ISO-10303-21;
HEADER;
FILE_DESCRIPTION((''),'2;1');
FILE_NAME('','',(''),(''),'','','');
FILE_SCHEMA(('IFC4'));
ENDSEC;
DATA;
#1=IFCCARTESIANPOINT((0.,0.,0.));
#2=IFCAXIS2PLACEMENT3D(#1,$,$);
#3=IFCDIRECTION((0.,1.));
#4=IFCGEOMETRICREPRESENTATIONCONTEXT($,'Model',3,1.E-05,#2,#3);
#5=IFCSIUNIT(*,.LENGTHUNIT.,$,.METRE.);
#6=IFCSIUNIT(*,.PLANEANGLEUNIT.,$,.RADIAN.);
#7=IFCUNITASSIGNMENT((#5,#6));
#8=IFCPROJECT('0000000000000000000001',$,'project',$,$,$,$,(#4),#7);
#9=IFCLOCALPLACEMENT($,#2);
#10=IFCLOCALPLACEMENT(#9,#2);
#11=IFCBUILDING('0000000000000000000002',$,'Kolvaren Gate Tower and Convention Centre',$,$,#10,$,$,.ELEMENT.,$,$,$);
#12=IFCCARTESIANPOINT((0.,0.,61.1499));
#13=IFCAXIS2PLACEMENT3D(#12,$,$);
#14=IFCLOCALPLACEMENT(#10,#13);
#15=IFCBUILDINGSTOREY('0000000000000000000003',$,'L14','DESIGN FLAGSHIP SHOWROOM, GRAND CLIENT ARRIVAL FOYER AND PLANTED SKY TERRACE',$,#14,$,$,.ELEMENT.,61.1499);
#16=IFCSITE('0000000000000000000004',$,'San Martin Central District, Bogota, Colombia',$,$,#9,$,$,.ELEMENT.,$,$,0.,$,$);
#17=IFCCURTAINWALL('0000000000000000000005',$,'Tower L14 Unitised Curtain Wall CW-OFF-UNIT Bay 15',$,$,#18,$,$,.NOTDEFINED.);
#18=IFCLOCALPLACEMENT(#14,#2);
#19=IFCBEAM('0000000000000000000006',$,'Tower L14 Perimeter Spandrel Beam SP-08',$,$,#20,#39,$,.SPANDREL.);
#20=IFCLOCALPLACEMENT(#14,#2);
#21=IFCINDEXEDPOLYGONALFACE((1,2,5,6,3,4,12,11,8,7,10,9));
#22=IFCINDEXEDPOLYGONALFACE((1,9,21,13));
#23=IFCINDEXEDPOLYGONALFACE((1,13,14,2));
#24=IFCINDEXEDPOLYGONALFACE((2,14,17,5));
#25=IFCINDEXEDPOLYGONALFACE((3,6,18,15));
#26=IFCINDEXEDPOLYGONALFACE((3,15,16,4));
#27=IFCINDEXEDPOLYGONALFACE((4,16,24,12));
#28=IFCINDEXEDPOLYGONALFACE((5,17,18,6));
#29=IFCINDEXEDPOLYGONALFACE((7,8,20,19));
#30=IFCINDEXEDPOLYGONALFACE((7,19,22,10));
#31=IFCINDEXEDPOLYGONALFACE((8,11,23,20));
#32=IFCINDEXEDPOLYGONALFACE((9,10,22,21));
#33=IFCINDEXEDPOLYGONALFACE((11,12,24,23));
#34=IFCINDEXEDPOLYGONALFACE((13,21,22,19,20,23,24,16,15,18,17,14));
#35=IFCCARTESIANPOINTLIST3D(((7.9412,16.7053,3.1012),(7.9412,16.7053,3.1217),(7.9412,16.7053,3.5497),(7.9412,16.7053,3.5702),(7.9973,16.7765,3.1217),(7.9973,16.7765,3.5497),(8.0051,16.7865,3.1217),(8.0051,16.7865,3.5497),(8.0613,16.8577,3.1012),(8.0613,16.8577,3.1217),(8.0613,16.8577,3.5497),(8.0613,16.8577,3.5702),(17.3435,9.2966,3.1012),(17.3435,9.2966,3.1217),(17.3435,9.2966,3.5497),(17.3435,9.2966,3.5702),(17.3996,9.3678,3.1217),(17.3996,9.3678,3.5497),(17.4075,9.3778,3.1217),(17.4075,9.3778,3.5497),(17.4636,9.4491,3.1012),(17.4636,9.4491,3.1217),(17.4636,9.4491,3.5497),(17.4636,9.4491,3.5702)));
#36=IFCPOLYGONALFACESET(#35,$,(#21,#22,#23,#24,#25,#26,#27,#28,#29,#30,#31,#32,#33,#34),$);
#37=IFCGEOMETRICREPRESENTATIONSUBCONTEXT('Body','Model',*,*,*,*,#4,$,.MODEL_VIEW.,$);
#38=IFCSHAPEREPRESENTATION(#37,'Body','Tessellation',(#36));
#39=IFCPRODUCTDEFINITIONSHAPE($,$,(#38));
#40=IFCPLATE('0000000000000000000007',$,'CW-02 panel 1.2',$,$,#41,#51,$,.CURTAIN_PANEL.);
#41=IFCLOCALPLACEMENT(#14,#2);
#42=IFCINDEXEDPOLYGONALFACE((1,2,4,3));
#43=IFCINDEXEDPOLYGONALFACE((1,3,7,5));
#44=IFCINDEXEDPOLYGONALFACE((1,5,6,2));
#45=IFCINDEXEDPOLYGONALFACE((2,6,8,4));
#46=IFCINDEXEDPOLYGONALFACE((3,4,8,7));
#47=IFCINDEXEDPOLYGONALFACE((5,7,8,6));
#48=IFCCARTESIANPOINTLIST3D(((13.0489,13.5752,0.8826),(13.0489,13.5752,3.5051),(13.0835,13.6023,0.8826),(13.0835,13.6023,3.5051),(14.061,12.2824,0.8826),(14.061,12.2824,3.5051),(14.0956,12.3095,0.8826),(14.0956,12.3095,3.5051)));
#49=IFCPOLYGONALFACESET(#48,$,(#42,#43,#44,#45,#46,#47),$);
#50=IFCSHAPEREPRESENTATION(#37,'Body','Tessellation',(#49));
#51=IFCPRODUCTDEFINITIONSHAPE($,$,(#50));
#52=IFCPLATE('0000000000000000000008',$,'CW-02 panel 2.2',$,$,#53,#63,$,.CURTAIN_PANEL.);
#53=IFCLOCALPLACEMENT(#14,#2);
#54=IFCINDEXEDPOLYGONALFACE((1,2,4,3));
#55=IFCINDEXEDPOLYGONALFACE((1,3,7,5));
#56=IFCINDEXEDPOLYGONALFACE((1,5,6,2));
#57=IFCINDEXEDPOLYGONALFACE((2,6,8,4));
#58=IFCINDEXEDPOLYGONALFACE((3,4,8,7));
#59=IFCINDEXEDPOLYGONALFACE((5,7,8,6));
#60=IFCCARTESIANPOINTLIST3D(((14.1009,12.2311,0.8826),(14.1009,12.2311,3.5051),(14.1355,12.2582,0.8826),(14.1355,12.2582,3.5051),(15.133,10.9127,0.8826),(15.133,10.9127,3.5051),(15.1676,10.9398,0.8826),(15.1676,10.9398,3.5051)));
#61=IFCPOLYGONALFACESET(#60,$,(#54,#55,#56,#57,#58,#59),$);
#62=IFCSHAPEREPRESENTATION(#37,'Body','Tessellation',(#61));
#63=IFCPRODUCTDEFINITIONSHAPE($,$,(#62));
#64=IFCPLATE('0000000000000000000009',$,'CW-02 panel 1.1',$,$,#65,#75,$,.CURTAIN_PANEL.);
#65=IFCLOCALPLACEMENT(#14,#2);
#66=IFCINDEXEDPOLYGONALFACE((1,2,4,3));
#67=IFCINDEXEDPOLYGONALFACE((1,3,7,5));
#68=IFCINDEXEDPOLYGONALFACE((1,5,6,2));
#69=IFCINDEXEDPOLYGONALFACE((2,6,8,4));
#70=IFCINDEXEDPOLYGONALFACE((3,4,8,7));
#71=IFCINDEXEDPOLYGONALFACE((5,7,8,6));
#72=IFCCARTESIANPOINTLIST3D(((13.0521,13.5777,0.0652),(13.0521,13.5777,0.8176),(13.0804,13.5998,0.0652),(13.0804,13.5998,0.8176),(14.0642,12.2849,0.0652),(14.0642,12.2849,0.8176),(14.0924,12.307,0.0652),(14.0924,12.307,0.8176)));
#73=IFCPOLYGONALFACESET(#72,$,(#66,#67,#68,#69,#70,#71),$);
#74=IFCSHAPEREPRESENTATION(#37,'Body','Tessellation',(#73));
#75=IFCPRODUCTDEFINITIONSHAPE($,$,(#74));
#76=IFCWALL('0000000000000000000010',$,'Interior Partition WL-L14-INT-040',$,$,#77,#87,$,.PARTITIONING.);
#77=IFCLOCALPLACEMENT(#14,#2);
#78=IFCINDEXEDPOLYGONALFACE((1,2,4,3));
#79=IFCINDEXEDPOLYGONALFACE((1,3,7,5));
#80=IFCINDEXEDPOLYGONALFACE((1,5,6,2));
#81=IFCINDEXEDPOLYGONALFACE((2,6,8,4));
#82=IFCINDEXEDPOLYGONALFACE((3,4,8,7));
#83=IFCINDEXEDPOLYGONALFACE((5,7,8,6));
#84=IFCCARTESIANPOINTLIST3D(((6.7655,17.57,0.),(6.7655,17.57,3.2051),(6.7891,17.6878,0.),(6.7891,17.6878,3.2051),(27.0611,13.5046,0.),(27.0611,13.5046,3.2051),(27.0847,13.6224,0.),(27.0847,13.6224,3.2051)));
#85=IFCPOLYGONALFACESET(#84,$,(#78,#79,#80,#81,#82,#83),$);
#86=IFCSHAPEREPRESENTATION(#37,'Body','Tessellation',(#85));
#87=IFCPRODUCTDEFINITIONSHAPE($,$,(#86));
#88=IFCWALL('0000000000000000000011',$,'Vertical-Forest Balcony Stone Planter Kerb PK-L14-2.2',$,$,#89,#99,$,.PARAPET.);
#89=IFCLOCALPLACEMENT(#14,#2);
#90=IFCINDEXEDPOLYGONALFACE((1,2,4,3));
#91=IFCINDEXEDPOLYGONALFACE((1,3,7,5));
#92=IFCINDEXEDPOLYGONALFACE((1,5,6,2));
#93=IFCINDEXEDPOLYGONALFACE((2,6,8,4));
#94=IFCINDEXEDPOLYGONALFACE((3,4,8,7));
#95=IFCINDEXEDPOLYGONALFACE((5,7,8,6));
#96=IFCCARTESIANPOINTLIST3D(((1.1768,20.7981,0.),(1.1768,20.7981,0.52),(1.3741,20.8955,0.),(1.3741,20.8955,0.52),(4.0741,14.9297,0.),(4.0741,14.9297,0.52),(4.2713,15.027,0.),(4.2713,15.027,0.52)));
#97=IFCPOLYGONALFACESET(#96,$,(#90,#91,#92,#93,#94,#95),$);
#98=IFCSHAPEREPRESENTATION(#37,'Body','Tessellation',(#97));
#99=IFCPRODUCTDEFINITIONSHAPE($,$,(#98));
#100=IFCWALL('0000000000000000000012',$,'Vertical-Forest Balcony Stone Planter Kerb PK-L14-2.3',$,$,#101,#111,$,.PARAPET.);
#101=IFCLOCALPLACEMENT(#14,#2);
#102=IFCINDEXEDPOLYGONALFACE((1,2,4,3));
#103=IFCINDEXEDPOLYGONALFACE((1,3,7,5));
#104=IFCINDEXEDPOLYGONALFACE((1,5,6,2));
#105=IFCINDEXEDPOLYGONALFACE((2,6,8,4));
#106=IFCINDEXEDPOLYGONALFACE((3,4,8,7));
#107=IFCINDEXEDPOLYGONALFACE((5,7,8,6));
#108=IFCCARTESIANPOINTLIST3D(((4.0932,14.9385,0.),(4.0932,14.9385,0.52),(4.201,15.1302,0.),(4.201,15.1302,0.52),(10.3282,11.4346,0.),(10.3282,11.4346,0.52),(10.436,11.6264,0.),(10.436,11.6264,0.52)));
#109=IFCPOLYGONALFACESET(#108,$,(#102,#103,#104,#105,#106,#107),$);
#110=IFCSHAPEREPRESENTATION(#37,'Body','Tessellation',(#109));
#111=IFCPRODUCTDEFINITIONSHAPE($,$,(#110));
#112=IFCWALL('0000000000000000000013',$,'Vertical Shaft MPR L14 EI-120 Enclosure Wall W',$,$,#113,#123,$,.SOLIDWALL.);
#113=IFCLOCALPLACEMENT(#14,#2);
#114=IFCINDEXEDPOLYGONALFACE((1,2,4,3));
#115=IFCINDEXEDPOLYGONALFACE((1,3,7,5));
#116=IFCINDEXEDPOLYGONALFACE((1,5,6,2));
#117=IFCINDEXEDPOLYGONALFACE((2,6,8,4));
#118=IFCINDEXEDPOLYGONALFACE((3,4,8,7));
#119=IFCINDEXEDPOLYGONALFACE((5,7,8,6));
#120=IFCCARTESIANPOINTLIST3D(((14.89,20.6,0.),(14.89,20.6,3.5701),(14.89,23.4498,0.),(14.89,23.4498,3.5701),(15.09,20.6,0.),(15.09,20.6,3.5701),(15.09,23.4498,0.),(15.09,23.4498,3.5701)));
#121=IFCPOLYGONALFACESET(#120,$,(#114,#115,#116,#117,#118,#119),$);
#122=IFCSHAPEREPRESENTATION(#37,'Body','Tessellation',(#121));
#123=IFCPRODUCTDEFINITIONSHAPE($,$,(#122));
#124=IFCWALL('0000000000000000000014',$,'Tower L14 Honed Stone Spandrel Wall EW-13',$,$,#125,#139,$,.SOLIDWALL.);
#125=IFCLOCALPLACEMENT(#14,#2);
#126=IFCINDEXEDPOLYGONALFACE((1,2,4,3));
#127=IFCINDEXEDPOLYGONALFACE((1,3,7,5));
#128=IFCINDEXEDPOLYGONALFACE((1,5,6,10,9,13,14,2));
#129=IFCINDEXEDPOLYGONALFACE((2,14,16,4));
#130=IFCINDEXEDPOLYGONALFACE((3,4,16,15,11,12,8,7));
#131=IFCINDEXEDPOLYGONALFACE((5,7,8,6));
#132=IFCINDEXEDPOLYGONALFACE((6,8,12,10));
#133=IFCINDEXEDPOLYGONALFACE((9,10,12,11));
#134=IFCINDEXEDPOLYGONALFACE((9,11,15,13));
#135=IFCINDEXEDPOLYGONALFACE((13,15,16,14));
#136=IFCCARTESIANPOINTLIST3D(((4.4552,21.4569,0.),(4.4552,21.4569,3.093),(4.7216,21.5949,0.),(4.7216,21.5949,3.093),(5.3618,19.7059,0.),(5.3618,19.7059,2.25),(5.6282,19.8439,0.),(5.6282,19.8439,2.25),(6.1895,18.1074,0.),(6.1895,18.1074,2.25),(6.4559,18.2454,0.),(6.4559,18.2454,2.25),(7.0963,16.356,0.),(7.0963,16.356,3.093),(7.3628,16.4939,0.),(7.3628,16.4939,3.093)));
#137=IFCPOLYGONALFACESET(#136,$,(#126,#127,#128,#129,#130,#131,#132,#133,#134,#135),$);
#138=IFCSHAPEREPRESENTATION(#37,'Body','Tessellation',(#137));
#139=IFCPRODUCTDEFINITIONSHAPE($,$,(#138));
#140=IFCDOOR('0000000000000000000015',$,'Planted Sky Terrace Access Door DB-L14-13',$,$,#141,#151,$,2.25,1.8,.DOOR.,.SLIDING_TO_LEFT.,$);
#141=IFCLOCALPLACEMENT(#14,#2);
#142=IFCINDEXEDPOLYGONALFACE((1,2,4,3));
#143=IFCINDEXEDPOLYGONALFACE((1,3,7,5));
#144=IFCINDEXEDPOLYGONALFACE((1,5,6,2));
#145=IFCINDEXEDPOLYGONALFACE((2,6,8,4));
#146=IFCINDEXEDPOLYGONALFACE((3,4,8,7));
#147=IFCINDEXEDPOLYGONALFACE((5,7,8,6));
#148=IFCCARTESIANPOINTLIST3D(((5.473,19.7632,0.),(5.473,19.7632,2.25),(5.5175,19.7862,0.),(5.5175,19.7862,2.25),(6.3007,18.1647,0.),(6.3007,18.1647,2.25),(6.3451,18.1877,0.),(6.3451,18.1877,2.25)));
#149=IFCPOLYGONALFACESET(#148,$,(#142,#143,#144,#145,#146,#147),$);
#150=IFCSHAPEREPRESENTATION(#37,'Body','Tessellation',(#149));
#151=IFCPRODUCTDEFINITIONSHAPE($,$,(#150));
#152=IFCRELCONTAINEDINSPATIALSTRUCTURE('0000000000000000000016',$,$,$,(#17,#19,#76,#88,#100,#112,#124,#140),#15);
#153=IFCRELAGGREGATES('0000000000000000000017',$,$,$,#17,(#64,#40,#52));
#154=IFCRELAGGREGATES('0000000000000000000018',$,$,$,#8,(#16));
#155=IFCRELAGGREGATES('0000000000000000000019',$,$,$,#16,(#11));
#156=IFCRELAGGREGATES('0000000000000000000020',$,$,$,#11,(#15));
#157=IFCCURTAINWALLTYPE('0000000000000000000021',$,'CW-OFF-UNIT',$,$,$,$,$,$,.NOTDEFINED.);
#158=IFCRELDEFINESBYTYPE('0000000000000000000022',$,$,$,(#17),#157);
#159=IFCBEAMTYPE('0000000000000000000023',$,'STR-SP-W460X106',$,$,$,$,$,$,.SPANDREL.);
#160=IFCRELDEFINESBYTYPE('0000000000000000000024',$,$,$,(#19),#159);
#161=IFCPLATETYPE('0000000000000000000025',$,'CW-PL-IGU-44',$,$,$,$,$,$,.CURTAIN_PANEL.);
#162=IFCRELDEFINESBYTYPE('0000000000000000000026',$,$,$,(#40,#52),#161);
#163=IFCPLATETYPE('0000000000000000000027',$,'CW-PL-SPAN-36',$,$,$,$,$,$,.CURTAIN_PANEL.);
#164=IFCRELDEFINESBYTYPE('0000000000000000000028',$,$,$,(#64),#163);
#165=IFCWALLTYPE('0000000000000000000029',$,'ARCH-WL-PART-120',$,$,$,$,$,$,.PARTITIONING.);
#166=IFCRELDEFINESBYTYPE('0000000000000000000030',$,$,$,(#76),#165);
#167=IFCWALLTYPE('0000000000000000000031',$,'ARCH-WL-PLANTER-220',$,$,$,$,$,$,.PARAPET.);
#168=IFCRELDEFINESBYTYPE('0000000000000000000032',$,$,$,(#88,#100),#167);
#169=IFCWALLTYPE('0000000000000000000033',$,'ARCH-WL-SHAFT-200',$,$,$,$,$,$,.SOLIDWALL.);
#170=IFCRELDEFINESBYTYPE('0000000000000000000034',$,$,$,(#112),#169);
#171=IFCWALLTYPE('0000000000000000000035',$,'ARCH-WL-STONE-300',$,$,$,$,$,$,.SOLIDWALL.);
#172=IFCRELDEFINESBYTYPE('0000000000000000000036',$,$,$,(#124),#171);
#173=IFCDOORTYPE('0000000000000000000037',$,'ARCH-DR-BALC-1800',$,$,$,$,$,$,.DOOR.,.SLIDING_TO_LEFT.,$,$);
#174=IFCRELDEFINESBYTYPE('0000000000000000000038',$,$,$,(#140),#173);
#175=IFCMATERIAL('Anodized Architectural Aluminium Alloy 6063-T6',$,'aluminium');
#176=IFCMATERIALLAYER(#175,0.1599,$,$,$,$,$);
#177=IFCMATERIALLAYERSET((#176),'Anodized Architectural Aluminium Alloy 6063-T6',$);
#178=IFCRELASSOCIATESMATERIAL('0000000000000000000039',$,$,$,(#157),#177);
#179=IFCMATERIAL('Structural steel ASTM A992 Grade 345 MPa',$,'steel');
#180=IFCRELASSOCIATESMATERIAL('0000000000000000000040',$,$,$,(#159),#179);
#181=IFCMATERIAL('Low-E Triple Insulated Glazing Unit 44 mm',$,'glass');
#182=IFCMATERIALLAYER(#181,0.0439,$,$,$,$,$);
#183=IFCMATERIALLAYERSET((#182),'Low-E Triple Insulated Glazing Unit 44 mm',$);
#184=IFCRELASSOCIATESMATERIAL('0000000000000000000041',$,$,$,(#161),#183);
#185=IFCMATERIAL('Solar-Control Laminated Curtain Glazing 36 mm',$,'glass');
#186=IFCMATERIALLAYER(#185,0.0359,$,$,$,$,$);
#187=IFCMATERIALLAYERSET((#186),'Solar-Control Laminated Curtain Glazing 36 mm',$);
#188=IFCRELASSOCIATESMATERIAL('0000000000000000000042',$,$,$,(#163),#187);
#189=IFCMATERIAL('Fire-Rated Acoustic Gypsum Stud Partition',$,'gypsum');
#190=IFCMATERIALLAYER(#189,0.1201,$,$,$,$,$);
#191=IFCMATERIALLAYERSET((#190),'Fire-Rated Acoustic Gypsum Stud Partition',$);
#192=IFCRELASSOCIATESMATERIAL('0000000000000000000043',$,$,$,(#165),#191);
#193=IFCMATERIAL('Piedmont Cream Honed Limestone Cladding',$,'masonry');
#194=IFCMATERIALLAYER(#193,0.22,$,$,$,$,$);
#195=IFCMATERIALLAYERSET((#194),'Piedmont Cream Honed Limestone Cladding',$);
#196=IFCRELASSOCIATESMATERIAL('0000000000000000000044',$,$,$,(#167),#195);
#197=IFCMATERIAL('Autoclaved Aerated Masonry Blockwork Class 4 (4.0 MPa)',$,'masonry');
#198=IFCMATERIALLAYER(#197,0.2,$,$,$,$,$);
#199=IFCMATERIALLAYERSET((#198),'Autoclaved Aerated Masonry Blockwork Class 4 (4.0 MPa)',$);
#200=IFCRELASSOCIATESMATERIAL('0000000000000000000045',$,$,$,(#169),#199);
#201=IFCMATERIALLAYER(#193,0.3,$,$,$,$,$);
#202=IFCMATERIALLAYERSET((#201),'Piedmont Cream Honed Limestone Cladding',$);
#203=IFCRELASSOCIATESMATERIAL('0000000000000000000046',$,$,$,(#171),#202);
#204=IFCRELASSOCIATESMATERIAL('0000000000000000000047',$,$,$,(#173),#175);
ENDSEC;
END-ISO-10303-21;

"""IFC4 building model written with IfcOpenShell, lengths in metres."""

from ifc_helpers import new_model, si_unit, direction, frame, frame_2d, origin, origin_2d, place, context, subcontext, project, spatial, rectangle, i_section, extrude, material, layer, layer_set, material_profile, profile_set, type_object, element, fill, aggregate, save


model = new_model("IFC4")

# Units and contexts
model_context = context("Model", 3, precision=1e-05, world=origin(), true_north=direction((0.0, 1.0)))
body_context = subcontext(model_context, "Body", "Model", "MODEL_VIEW")
ifc_project = project(units=[si_unit("LENGTHUNIT", "METRE"), si_unit("PLANEANGLEUNIT", "RADIAN")], contexts=[model_context])

# Site, building, storey
site_placement = place(None, origin())
site = spatial("IfcSite", under=ifc_project, at=site_placement, Name="San Martin Central District, Bogota, Colombia", CompositionType="ELEMENT", RefElevation=0.0)
building_placement = place(site_placement, origin())
building = spatial("IfcBuilding", under=site, at=building_placement, Name="Kolvaren Gate Tower and Convention Centre", CompositionType="ELEMENT")
storey_placement = place(building_placement, frame((0.0, 0.0, 61.1499)))
storey = spatial("IfcBuildingStorey", under=building, at=storey_placement, Name="L14", Description="DESIGN FLAGSHIP SHOWROOM, GRAND CLIENT ARRIVAL FOYER AND PLANTED SKY TERRACE", CompositionType="ELEMENT", Elevation=61.1499)

# Curtain wall
ifc_material_1 = material(Name="Anodized Architectural Aluminium Alloy 6063-T6", Category="aluminium")
ifc_layer_1 = layer(ifc_material_1, 0.1599)
ifc_layer_set_1 = layer_set([ifc_layer_1], Name="Anodized Architectural Aluminium Alloy 6063-T6")
curtain_wall_type = type_object("IfcCurtainWallType", Name="CW-OFF-UNIT", PredefinedType="NOTDEFINED", material=ifc_layer_set_1)
curtain_wall_placement = place(storey_placement, origin())
curtain_wall = element("IfcCurtainWall", 1, at=curtain_wall_placement, inside=storey, type_object=curtain_wall_type, Name="Tower L14 Unitised Curtain Wall CW-OFF-UNIT Bay 15", PredefinedType="NOTDEFINED")

# Beam
ifc_material_2 = material(Name="Structural steel ASTM A992 Grade 345 MPa", Category="steel")
ifc_material_profile_1 = material_profile(ifc_material_2, i_section(OverallWidth=0.1941, OverallDepth=0.469, WebThickness=0.0127, FlangeThickness=0.0205, at=origin_2d()), Name="W460X106")
ifc_profile_set_1 = profile_set([ifc_material_profile_1], Name="Structural steel ASTM A992 Grade 345 MPa")
beam_type_1 = type_object("IfcBeamType", Name="STR-SP-W460X106", PredefinedType="SPANDREL", material=ifc_profile_set_1)
beam_1_placement = place(storey_placement, frame((8.0012, 16.7815, 3.3357), z_axis=(0.78546, -0.618913, 0.0), x_axis=(0.618913, 0.78546, 0.0)))
element("IfcBeam", 2, at=beam_1_placement, inside=storey, type_object=beam_type_1, Name="Tower L14 Perimeter Spandrel Beam SP-08", PredefinedType="SPANDREL", context=body_context, shape_type="SweptSolid", body=[
    extrude(i_section(OverallWidth=0.1941, OverallDepth=0.469, WebThickness=0.0127, FlangeThickness=0.0205, at=origin_2d()), origin(), (0.0, 0.0, 1.0), 11.9705),
])

# Plates
ifc_material_3 = material(Name="Low-E Triple Insulated Glazing Unit 44 mm", Category="glass")
ifc_layer_2 = layer(ifc_material_3, 0.0439)
ifc_layer_set_2 = layer_set([ifc_layer_2], Name="Low-E Triple Insulated Glazing Unit 44 mm")
plate_type_1 = type_object("IfcPlateType", Name="CW-PL-IGU-44", PredefinedType="CURTAIN_PANEL", material=ifc_layer_set_2)
plate_1_placement = place(storey_placement, frame((13.5723, 12.9424, 0.8826), z_axis=(0.0, 0.0, 1.0), x_axis=(0.616427, -0.787412, 0.0)))
plate_1 = element("IfcPlate", 3, at=plate_1_placement, type_object=plate_type_1, Name="CW-02 panel 1.2", PredefinedType="CURTAIN_PANEL", context=body_context, shape_type="SweptSolid", body=[
    extrude(rectangle(XDim=1.6418, YDim=0.0439, at=origin_2d()), origin(), (0.0, 0.0, 1.0), 2.6226),
])
plate_2_placement = place(storey_placement, frame((14.6343, 11.5854, 0.8826), z_axis=(0.0, 0.0, 1.0), x_axis=(0.616427, -0.787412, 0.0)))
plate_2 = element("IfcPlate", 4, at=plate_2_placement, type_object=plate_type_1, Name="CW-02 panel 2.2", PredefinedType="CURTAIN_PANEL", context=body_context, shape_type="SweptSolid", body=[
    extrude(rectangle(XDim=1.6743, YDim=0.0439, at=origin_2d()), origin(), (0.0, 0.0, 1.0), 2.6226),
])
ifc_material_4 = material(Name="Solar-Control Laminated Curtain Glazing 36 mm", Category="glass")
ifc_layer_3 = layer(ifc_material_4, 0.0359)
ifc_layer_set_3 = layer_set([ifc_layer_3], Name="Solar-Control Laminated Curtain Glazing 36 mm")
plate_type_2 = type_object("IfcPlateType", Name="CW-PL-SPAN-36", PredefinedType="CURTAIN_PANEL", material=ifc_layer_set_3)
plate_3_placement = place(storey_placement, frame((13.5723, 12.9424, 0.0652), z_axis=(0.0, 0.0, 1.0), x_axis=(0.616427, -0.787412, 0.0)))
plate_3 = element("IfcPlate", 5, at=plate_3_placement, type_object=plate_type_2, Name="CW-02 panel 1.1", PredefinedType="CURTAIN_PANEL", context=body_context, shape_type="SweptSolid", body=[
    extrude(rectangle(XDim=1.6418, YDim=0.0359, at=origin_2d()), origin(), (0.0, 0.0, 1.0), 0.7524),
])
aggregate(curtain_wall, [plate_3, plate_1, plate_2])

# Walls
ifc_material_5 = material(Name="Fire-Rated Acoustic Gypsum Stud Partition", Category="gypsum")
ifc_layer_4 = layer(ifc_material_5, 0.1201)
ifc_layer_set_4 = layer_set([ifc_layer_4], Name="Fire-Rated Acoustic Gypsum Stud Partition")
wall_type_1 = type_object("IfcWallType", Name="ARCH-WL-PART-120", PredefinedType="PARTITIONING", material=ifc_layer_set_4)
wall_1_placement = place(storey_placement, frame((6.7773, 17.6289, 0.0), z_axis=(0.0, 0.0, 1.0), x_axis=(0.980522, -0.196409, 0.0)))
element("IfcWall", 6, at=wall_1_placement, inside=storey, type_object=wall_type_1, Name="Interior Partition WL-L14-INT-040", PredefinedType="PARTITIONING", context=body_context, shape_type="SweptSolid", body=[
    extrude(rectangle(XDim=20.6987, YDim=0.1201, at=frame_2d((10.3494, 0.0))), origin(), (0.0, 0.0, 1.0), 3.2051),
])
ifc_material_6 = material(Name="Piedmont Cream Honed Limestone Cladding", Category="masonry")
ifc_layer_5 = layer(ifc_material_6, 0.22)
ifc_layer_set_5 = layer_set([ifc_layer_5], Name="Piedmont Cream Honed Limestone Cladding")
wall_type_2 = type_object("IfcWallType", Name="ARCH-WL-PLANTER-220", PredefinedType="PARAPET", material=ifc_layer_set_5)
wall_2_placement = place(storey_placement, frame((1.2754, 20.8469, 0.0), z_axis=(0.0, 0.0, 1.0), x_axis=(0.442687, -0.896676, 0.0)))
element("IfcWall", 7, at=wall_2_placement, inside=storey, type_object=wall_type_2, Name="Vertical-Forest Balcony Stone Planter Kerb PK-L14-2.2", PredefinedType="PARAPET", context=body_context, shape_type="SweptSolid", body=[
    extrude(rectangle(XDim=6.5447, YDim=0.22, at=frame_2d((3.2725, 0.0))), origin(), (0.0, 0.0, 1.0), 0.52),
])
wall_3_placement = place(storey_placement, frame((4.147, 15.0344, 0.0), z_axis=(0.0, 0.0, 1.0), x_axis=(0.871775, -0.489906, 0.0)))
element("IfcWall", 8, at=wall_3_placement, inside=storey, type_object=wall_type_2, Name="Vertical-Forest Balcony Stone Planter Kerb PK-L14-2.3", PredefinedType="PARAPET", context=body_context, shape_type="SweptSolid", body=[
    extrude(rectangle(XDim=7.1521, YDim=0.22, at=frame_2d((3.5762, 0.0))), origin(), (0.0, 0.0, 1.0), 0.52),
])
ifc_material_7 = material(Name="Autoclaved Aerated Masonry Blockwork Class 4 (4.0 MPa)", Category="masonry")
ifc_layer_6 = layer(ifc_material_7, 0.2)
ifc_layer_set_6 = layer_set([ifc_layer_6], Name="Autoclaved Aerated Masonry Blockwork Class 4 (4.0 MPa)")
wall_type_3 = type_object("IfcWallType", Name="ARCH-WL-SHAFT-200", PredefinedType="SOLIDWALL", material=ifc_layer_set_6)
wall_4_placement = place(storey_placement, frame((14.99, 20.6001, 0.0), z_axis=(0.0, 0.0, 1.0), x_axis=(0.0, 1.0, 0.0)))
element("IfcWall", 9, at=wall_4_placement, inside=storey, type_object=wall_type_3, Name="Vertical Shaft MPR L14 EI-120 Enclosure Wall W", PredefinedType="SOLIDWALL", context=body_context, shape_type="SweptSolid", body=[
    extrude(rectangle(XDim=2.8499, YDim=0.2, at=frame_2d((1.4248, 0.0))), origin(), (0.0, 0.0, 1.0), 3.5701),
])

# Wall, opening, door
ifc_layer_7 = layer(ifc_material_6, 0.3)
ifc_layer_set_7 = layer_set([ifc_layer_7], Name="Piedmont Cream Honed Limestone Cladding")
wall_type_4 = type_object("IfcWallType", Name="ARCH-WL-STONE-300", PredefinedType="SOLIDWALL", material=ifc_layer_set_7)
wall_5_placement = place(storey_placement, frame((4.5884, 21.5259, 0.0), z_axis=(0.0, 0.0, 1.0), x_axis=(0.459801, -0.888022, 0.0)))
wall_5 = element("IfcWall", 10, at=wall_5_placement, inside=storey, type_object=wall_type_4, Name="Tower L14 Honed Stone Spandrel Wall EW-13", PredefinedType="SOLIDWALL", context=body_context, shape_type="SweptSolid", body=[
    extrude(rectangle(XDim=5.7441, YDim=0.3, at=frame_2d((2.8721, 0.0))), origin(), (0.0, 0.0, 1.0), 3.093),
])
opening_1_placement = place(wall_5_placement, frame((1.9719, 0.0, 0.0)))
opening_1 = element("IfcOpeningElement", 11, at=opening_1_placement, cuts=wall_5, PredefinedType="OPENING", context=body_context, shape_type="SweptSolid", body=[
    extrude(rectangle(XDim=1.8, YDim=2.25, at=frame_2d((0.8999, 1.125))), frame((0.0, 0.1599, 0.0), z_axis=(0.0, -1.0, 0.0), x_axis=(1.0, 0.0, 0.0)), (0.0, 0.0, 1.0), 0.3201),
])
door_type = type_object("IfcDoorType", Name="ARCH-DR-BALC-1800", OperationType="SLIDING_TO_LEFT", PredefinedType="DOOR", material=ifc_material_1)
door_placement = place(opening_1_placement, frame((1.8, 0.0, 0.0), z_axis=(0.0, 0.0, 1.0), x_axis=(-1.0, 0.0, 0.0)))
door = element("IfcDoor", 12, at=door_placement, inside=storey, type_object=door_type, Name="Planted Sky Terrace Access Door DB-L14-13", OperationType="SLIDING_TO_LEFT", OverallHeight=2.25, OverallWidth=1.8, PredefinedType="DOOR", context=body_context, shape_type="SweptSolid", body=[
    extrude(rectangle(XDim=1.8, YDim=2.25, at=frame_2d((0.8999, 1.125))), frame((0.0, 0.0249, 0.0), z_axis=(0.0, -1.0, 0.0), x_axis=(1.0, 0.0, 0.0)), (0.0, 0.0, 1.0), 0.05),
])
fill(opening_1, door)

save(model, "model.ifc")
